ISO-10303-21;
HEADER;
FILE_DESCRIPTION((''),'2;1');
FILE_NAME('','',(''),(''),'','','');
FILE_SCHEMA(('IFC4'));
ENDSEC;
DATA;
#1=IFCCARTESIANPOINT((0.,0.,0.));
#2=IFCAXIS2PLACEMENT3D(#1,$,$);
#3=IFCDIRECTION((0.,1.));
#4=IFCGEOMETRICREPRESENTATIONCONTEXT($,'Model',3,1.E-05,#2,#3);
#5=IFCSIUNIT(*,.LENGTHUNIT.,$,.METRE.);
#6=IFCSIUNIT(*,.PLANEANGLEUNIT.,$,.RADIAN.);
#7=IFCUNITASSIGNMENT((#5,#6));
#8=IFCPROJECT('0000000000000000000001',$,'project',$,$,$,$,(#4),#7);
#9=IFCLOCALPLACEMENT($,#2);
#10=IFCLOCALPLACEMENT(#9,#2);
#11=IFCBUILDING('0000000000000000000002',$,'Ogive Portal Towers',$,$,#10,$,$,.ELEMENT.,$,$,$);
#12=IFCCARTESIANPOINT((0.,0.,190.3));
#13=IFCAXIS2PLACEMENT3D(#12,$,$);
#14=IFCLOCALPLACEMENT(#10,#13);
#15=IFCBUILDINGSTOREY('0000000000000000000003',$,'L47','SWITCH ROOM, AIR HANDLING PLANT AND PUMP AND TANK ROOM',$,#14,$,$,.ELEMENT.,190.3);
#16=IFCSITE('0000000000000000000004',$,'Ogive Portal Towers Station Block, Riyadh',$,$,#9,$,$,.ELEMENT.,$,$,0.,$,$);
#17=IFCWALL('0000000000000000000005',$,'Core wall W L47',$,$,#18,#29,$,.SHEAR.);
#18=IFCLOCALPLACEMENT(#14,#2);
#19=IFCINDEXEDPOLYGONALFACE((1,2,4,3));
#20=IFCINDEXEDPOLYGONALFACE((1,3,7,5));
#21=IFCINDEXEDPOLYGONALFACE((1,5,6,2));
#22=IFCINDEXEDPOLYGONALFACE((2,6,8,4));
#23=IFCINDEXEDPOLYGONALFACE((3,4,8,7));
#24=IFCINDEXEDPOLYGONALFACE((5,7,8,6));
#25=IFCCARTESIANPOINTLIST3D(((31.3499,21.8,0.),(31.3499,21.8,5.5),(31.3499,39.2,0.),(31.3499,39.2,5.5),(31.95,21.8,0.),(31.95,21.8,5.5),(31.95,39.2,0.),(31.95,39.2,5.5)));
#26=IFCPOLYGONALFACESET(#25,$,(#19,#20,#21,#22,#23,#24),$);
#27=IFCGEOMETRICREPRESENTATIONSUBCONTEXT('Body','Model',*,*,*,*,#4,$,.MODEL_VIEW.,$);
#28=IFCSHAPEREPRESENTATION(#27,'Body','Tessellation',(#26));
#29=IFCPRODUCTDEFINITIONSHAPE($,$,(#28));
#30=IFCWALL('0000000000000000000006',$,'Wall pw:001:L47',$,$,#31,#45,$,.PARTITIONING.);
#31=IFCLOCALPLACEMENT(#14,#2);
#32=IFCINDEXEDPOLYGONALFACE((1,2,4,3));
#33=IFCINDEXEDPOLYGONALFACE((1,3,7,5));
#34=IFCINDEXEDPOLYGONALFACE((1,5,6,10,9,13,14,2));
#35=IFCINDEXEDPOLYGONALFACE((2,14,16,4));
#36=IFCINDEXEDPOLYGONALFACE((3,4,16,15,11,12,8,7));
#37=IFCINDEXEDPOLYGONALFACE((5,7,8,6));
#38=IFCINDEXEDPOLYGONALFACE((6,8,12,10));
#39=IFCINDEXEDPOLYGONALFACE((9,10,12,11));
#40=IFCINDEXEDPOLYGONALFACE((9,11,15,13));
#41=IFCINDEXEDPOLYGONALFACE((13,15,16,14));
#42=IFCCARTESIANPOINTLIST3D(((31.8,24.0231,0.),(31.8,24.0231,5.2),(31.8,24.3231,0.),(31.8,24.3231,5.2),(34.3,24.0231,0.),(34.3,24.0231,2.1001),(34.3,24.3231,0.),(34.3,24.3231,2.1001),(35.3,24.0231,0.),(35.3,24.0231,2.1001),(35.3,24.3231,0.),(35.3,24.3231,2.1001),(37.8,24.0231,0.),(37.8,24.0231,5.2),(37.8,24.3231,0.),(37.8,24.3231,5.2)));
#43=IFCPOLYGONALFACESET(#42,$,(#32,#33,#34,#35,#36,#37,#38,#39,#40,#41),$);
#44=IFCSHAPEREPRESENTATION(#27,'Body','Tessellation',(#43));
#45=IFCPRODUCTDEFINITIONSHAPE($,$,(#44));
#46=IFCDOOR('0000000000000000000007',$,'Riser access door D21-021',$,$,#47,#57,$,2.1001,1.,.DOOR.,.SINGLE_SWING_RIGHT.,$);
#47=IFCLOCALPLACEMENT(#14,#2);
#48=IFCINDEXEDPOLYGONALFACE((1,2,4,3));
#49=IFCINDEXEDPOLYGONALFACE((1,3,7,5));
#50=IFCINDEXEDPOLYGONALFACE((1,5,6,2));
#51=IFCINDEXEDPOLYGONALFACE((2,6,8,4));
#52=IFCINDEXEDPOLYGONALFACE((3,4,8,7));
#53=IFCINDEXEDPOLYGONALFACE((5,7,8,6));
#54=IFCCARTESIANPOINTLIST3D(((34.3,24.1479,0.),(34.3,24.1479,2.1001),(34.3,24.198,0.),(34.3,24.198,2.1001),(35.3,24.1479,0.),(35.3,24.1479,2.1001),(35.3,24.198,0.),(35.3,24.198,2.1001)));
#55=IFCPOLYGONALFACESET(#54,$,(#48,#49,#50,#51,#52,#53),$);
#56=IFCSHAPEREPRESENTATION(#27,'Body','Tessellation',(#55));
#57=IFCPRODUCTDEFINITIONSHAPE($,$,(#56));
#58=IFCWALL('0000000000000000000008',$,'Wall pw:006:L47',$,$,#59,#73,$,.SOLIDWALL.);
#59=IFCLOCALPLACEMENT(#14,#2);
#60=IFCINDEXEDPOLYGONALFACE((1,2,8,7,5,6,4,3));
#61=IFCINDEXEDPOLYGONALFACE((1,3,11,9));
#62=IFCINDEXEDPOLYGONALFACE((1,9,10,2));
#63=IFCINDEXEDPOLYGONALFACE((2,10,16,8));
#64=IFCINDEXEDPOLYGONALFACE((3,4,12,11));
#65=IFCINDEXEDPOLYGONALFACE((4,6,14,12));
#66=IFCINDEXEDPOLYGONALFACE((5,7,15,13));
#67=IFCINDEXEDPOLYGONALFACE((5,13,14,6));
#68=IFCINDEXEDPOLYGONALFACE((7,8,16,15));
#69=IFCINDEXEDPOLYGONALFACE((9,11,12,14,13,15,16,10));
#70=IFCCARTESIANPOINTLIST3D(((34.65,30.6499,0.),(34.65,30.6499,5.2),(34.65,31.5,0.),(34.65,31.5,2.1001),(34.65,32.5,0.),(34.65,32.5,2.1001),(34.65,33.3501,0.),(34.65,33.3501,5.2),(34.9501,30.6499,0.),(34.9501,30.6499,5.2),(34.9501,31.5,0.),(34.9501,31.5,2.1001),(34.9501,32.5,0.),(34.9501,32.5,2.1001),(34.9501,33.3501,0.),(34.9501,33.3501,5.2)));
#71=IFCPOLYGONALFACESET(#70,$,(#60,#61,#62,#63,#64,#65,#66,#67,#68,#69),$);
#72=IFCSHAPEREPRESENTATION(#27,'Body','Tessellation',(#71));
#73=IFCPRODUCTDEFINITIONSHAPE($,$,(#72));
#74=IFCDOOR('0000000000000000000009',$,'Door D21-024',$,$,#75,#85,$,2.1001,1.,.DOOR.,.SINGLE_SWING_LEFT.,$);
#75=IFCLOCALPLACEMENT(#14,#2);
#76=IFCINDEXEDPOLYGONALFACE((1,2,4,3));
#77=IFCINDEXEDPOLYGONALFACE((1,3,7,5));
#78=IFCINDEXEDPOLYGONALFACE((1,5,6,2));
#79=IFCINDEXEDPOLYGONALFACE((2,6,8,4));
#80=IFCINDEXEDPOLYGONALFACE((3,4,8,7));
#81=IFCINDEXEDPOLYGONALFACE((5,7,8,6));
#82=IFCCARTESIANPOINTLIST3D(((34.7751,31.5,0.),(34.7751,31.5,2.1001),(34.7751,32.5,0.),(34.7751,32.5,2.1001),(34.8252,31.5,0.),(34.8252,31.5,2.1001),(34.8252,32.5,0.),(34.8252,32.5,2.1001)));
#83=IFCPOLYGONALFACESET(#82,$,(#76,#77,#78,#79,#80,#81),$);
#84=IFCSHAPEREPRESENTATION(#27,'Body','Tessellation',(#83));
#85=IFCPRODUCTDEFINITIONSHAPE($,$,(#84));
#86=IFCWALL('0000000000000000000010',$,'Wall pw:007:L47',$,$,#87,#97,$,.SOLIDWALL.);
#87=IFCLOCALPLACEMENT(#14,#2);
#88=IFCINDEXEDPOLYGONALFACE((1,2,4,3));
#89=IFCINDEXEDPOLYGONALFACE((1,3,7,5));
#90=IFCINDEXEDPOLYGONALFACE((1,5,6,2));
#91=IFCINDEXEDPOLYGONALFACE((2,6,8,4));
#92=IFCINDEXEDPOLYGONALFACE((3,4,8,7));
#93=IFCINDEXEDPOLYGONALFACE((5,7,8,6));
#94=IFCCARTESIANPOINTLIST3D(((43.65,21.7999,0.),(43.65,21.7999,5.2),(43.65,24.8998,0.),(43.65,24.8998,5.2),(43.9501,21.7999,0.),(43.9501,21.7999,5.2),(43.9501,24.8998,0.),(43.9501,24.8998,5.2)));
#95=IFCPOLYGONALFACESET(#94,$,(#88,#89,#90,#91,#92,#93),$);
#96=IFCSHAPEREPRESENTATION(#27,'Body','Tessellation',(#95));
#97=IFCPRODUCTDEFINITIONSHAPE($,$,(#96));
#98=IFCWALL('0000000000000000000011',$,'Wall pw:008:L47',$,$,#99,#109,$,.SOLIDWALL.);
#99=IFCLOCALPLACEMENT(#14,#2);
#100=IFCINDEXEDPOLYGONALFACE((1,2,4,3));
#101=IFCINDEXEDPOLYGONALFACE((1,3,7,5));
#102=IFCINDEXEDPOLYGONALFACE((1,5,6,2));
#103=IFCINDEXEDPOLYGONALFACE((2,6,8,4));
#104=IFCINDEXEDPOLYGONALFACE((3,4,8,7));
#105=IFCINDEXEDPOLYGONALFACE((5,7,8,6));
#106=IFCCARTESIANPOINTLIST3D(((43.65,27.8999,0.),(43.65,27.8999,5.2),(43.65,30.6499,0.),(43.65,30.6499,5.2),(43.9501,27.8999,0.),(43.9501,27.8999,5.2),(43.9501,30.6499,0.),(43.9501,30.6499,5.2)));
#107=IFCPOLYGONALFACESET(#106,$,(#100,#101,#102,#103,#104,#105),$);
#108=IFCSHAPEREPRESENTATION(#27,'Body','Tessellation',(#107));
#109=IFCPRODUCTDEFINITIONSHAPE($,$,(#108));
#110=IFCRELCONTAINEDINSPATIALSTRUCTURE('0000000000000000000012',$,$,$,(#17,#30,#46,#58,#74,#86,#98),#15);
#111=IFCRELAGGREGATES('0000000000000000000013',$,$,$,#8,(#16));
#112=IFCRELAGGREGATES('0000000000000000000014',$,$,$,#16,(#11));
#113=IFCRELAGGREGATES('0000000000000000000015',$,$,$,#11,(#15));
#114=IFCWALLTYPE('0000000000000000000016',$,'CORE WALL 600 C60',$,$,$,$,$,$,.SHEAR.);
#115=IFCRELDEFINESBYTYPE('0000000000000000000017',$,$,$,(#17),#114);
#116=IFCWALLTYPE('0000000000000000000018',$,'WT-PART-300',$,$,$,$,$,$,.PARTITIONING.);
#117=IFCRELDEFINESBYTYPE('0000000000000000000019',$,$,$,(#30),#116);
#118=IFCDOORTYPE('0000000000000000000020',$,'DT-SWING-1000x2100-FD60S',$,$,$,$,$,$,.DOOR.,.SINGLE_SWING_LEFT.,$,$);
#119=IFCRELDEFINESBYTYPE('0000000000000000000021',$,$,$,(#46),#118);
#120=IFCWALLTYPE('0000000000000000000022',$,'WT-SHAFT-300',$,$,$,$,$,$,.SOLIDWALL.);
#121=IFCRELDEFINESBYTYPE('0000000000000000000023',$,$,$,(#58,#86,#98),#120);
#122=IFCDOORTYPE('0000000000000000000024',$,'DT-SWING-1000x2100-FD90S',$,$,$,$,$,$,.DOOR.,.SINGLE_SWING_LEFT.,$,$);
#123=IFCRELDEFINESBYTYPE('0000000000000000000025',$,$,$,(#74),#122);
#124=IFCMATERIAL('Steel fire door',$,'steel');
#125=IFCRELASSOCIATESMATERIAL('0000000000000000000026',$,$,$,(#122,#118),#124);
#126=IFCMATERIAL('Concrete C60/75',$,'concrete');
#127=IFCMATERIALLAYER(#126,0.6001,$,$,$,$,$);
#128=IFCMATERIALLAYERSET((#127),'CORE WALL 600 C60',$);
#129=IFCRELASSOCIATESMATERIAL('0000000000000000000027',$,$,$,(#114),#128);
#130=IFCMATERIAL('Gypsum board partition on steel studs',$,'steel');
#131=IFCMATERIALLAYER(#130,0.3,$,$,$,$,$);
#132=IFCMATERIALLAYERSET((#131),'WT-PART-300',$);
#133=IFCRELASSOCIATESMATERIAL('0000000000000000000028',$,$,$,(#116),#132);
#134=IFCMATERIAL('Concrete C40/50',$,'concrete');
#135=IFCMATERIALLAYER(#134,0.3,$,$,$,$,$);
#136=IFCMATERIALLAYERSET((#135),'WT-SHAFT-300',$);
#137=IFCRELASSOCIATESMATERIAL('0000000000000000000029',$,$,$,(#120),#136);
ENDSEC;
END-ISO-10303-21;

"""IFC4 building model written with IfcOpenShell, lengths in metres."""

from ifc_helpers import new_model, si_unit, direction, frame, frame_2d, origin, place, context, subcontext, project, spatial, rectangle, extrude, material, layer, layer_set, type_object, element, fill, save


model = new_model("IFC4")

# Units and contexts
model_context = context("Model", 3, precision=1e-05, world=origin(), true_north=direction((0.0, 1.0)))
body_context = subcontext(model_context, "Body", "Model", "MODEL_VIEW")
ifc_project = project(units=[si_unit("LENGTHUNIT", "METRE"), si_unit("PLANEANGLEUNIT", "RADIAN")], contexts=[model_context])

# Site, building, storey
site_placement = place(None, origin())
site = spatial("IfcSite", under=ifc_project, at=site_placement, Name="Ogive Portal Towers Station Block, Riyadh", CompositionType="ELEMENT", RefElevation=0.0)
building_placement = place(site_placement, origin())
building = spatial("IfcBuilding", under=site, at=building_placement, Name="Ogive Portal Towers", CompositionType="ELEMENT")
storey_placement = place(building_placement, frame((0.0, 0.0, 190.3)))
storey = spatial("IfcBuildingStorey", under=building, at=storey_placement, Name="L47", Description="SWITCH ROOM, AIR HANDLING PLANT AND PUMP AND TANK ROOM", CompositionType="ELEMENT", Elevation=190.3)

# Shared definitions
ifc_material_1 = material(Name="Concrete C60/75", Category="concrete")
ifc_material_2 = material(Name="Steel fire door", Category="steel")
door_type_1 = type_object("IfcDoorType", Name="DT-SWING-1000x2100-FD90S", OperationType="SINGLE_SWING_LEFT", PredefinedType="DOOR", material=ifc_material_2)

# Wall
ifc_layer_1 = layer(ifc_material_1, 0.6001)
ifc_layer_set_1 = layer_set([ifc_layer_1], Name="CORE WALL 600 C60")
wall_type_1 = type_object("IfcWallType", Name="CORE WALL 600 C60", PredefinedType="SHEAR", material=ifc_layer_set_1)
wall_1_placement = place(storey_placement, frame((31.6499, 21.8, 0.0), z_axis=(0.0, 0.0, 1.0), x_axis=(0.0, 1.0, 0.0)))
element("IfcWall", 1, at=wall_1_placement, inside=storey, type_object=wall_type_1, Name="Core wall W L47", PredefinedType="SHEAR", context=body_context, shape_type="SweptSolid", body=[
    extrude(rectangle(XDim=17.3999, YDim=0.6001, at=frame_2d((8.7, 0.0))), origin(), (0.0, 0.0, 1.0), 5.5),
])

# Wall, opening, door
ifc_material_3 = material(Name="Gypsum board partition on steel studs", Category="steel")
ifc_layer_2 = layer(ifc_material_3, 0.3)
ifc_layer_set_2 = layer_set([ifc_layer_2], Name="WT-PART-300")
wall_type_2 = type_object("IfcWallType", Name="WT-PART-300", PredefinedType="PARTITIONING", material=ifc_layer_set_2)
wall_2_placement = place(storey_placement, frame((31.8, 24.1731, 0.0), z_axis=(0.0, 0.0, 1.0), x_axis=(1.0, 0.0, 0.0)))
wall_2 = element("IfcWall", 2, at=wall_2_placement, inside=storey, type_object=wall_type_2, Name="Wall pw:001:L47", PredefinedType="PARTITIONING", context=body_context, shape_type="SweptSolid", body=[
    extrude(rectangle(XDim=6.0, YDim=0.3, at=frame_2d((3.0, 0.0))), origin(), (0.0, 0.0, 1.0), 5.2),
])
opening_1_placement = place(wall_2_placement, frame((2.5, 0.0, 0.0)))
opening_1 = element("IfcOpeningElement", 3, at=opening_1_placement, cuts=wall_2, PredefinedType="OPENING", context=body_context, shape_type="SweptSolid", body=[
    extrude(rectangle(XDim=1.0, YDim=2.1001, at=frame_2d((0.5, 1.05))), frame((0.0, 0.1602, 0.0), z_axis=(0.0, -1.0, 0.0), x_axis=(1.0, 0.0, 0.0)), (0.0, 0.0, 1.0), 0.3201),
])
door_type_2 = type_object("IfcDoorType", Name="DT-SWING-1000x2100-FD60S", OperationType="SINGLE_SWING_LEFT", PredefinedType="DOOR", material=ifc_material_2)
door_1_placement = place(opening_1_placement, origin())
door_1 = element("IfcDoor", 4, at=door_1_placement, inside=storey, type_object=door_type_2, Name="Riser access door D21-021", OperationType="SINGLE_SWING_RIGHT", OverallHeight=2.1001, OverallWidth=1.0, PredefinedType="DOOR", context=body_context, shape_type="SweptSolid", body=[
    extrude(rectangle(XDim=1.0, YDim=2.1001, at=frame_2d((0.5, 1.05))), frame((0.0, 0.0249, 0.0), z_axis=(0.0, -1.0, 0.0), x_axis=(1.0, 0.0, 0.0)), (0.0, 0.0, 1.0), 0.05),
])
fill(opening_1, door_1)

# Shared definitions
ifc_material_4 = material(Name="Concrete C40/50", Category="concrete")
ifc_layer_3 = layer(ifc_material_4, 0.3)
ifc_layer_set_3 = layer_set([ifc_layer_3], Name="WT-SHAFT-300")
wall_type_3 = type_object("IfcWallType", Name="WT-SHAFT-300", PredefinedType="SOLIDWALL", material=ifc_layer_set_3)

# Wall, opening, door
wall_3_placement = place(storey_placement, frame((34.8, 30.6499, 0.0), z_axis=(0.0, 0.0, 1.0), x_axis=(0.0, 1.0, 0.0)))
wall_3 = element("IfcWall", 5, at=wall_3_placement, inside=storey, type_object=wall_type_3, Name="Wall pw:006:L47", PredefinedType="SOLIDWALL", context=body_context, shape_type="SweptSolid", body=[
    extrude(rectangle(XDim=2.7002, YDim=0.3, at=frame_2d((1.3501, 0.0))), origin(), (0.0, 0.0, 1.0), 5.2),
])
opening_2_placement = place(wall_3_placement, frame((0.8501, 0.0, 0.0)))
opening_2 = element("IfcOpeningElement", 6, at=opening_2_placement, cuts=wall_3, PredefinedType="OPENING", context=body_context, shape_type="SweptSolid", body=[
    extrude(rectangle(XDim=1.0, YDim=2.1001, at=frame_2d((0.5, 1.05))), frame((0.0, 0.1602, 0.0), z_axis=(0.0, -1.0, 0.0), x_axis=(1.0, 0.0, 0.0)), (0.0, 0.0, 1.0), 0.3201),
])
door_2_placement = place(opening_2_placement, origin())
door_2 = element("IfcDoor", 7, at=door_2_placement, inside=storey, type_object=door_type_1, Name="Door D21-024", OperationType="SINGLE_SWING_LEFT", OverallHeight=2.1001, OverallWidth=1.0, PredefinedType="DOOR", context=body_context, shape_type="SweptSolid", body=[
    extrude(rectangle(XDim=1.0, YDim=2.1001, at=frame_2d((0.5, 1.05))), frame((0.0, 0.0249, 0.0), z_axis=(0.0, -1.0, 0.0), x_axis=(1.0, 0.0, 0.0)), (0.0, 0.0, 1.0), 0.05),
])
fill(opening_2, door_2)

# Walls
wall_4_placement = place(storey_placement, frame((43.8, 21.8, 0.0), z_axis=(0.0, 0.0, 1.0), x_axis=(0.0, 1.0, 0.0)))
element("IfcWall", 8, at=wall_4_placement, inside=storey, type_object=wall_type_3, Name="Wall pw:007:L47", PredefinedType="SOLIDWALL", context=body_context, shape_type="SweptSolid", body=[
    extrude(rectangle(XDim=3.0999, YDim=0.3, at=frame_2d((1.5498, 0.0))), origin(), (0.0, 0.0, 1.0), 5.2),
])
wall_5_placement = place(storey_placement, frame((43.8, 27.8999, 0.0), z_axis=(0.0, 0.0, 1.0), x_axis=(0.0, 1.0, 0.0)))
element("IfcWall", 9, at=wall_5_placement, inside=storey, type_object=wall_type_3, Name="Wall pw:008:L47", PredefinedType="SOLIDWALL", context=body_context, shape_type="SweptSolid", body=[
    extrude(rectangle(XDim=2.75, YDim=0.3, at=frame_2d((1.375, 0.0))), origin(), (0.0, 0.0, 1.0), 5.2),
])

save(model, "model.ifc")
